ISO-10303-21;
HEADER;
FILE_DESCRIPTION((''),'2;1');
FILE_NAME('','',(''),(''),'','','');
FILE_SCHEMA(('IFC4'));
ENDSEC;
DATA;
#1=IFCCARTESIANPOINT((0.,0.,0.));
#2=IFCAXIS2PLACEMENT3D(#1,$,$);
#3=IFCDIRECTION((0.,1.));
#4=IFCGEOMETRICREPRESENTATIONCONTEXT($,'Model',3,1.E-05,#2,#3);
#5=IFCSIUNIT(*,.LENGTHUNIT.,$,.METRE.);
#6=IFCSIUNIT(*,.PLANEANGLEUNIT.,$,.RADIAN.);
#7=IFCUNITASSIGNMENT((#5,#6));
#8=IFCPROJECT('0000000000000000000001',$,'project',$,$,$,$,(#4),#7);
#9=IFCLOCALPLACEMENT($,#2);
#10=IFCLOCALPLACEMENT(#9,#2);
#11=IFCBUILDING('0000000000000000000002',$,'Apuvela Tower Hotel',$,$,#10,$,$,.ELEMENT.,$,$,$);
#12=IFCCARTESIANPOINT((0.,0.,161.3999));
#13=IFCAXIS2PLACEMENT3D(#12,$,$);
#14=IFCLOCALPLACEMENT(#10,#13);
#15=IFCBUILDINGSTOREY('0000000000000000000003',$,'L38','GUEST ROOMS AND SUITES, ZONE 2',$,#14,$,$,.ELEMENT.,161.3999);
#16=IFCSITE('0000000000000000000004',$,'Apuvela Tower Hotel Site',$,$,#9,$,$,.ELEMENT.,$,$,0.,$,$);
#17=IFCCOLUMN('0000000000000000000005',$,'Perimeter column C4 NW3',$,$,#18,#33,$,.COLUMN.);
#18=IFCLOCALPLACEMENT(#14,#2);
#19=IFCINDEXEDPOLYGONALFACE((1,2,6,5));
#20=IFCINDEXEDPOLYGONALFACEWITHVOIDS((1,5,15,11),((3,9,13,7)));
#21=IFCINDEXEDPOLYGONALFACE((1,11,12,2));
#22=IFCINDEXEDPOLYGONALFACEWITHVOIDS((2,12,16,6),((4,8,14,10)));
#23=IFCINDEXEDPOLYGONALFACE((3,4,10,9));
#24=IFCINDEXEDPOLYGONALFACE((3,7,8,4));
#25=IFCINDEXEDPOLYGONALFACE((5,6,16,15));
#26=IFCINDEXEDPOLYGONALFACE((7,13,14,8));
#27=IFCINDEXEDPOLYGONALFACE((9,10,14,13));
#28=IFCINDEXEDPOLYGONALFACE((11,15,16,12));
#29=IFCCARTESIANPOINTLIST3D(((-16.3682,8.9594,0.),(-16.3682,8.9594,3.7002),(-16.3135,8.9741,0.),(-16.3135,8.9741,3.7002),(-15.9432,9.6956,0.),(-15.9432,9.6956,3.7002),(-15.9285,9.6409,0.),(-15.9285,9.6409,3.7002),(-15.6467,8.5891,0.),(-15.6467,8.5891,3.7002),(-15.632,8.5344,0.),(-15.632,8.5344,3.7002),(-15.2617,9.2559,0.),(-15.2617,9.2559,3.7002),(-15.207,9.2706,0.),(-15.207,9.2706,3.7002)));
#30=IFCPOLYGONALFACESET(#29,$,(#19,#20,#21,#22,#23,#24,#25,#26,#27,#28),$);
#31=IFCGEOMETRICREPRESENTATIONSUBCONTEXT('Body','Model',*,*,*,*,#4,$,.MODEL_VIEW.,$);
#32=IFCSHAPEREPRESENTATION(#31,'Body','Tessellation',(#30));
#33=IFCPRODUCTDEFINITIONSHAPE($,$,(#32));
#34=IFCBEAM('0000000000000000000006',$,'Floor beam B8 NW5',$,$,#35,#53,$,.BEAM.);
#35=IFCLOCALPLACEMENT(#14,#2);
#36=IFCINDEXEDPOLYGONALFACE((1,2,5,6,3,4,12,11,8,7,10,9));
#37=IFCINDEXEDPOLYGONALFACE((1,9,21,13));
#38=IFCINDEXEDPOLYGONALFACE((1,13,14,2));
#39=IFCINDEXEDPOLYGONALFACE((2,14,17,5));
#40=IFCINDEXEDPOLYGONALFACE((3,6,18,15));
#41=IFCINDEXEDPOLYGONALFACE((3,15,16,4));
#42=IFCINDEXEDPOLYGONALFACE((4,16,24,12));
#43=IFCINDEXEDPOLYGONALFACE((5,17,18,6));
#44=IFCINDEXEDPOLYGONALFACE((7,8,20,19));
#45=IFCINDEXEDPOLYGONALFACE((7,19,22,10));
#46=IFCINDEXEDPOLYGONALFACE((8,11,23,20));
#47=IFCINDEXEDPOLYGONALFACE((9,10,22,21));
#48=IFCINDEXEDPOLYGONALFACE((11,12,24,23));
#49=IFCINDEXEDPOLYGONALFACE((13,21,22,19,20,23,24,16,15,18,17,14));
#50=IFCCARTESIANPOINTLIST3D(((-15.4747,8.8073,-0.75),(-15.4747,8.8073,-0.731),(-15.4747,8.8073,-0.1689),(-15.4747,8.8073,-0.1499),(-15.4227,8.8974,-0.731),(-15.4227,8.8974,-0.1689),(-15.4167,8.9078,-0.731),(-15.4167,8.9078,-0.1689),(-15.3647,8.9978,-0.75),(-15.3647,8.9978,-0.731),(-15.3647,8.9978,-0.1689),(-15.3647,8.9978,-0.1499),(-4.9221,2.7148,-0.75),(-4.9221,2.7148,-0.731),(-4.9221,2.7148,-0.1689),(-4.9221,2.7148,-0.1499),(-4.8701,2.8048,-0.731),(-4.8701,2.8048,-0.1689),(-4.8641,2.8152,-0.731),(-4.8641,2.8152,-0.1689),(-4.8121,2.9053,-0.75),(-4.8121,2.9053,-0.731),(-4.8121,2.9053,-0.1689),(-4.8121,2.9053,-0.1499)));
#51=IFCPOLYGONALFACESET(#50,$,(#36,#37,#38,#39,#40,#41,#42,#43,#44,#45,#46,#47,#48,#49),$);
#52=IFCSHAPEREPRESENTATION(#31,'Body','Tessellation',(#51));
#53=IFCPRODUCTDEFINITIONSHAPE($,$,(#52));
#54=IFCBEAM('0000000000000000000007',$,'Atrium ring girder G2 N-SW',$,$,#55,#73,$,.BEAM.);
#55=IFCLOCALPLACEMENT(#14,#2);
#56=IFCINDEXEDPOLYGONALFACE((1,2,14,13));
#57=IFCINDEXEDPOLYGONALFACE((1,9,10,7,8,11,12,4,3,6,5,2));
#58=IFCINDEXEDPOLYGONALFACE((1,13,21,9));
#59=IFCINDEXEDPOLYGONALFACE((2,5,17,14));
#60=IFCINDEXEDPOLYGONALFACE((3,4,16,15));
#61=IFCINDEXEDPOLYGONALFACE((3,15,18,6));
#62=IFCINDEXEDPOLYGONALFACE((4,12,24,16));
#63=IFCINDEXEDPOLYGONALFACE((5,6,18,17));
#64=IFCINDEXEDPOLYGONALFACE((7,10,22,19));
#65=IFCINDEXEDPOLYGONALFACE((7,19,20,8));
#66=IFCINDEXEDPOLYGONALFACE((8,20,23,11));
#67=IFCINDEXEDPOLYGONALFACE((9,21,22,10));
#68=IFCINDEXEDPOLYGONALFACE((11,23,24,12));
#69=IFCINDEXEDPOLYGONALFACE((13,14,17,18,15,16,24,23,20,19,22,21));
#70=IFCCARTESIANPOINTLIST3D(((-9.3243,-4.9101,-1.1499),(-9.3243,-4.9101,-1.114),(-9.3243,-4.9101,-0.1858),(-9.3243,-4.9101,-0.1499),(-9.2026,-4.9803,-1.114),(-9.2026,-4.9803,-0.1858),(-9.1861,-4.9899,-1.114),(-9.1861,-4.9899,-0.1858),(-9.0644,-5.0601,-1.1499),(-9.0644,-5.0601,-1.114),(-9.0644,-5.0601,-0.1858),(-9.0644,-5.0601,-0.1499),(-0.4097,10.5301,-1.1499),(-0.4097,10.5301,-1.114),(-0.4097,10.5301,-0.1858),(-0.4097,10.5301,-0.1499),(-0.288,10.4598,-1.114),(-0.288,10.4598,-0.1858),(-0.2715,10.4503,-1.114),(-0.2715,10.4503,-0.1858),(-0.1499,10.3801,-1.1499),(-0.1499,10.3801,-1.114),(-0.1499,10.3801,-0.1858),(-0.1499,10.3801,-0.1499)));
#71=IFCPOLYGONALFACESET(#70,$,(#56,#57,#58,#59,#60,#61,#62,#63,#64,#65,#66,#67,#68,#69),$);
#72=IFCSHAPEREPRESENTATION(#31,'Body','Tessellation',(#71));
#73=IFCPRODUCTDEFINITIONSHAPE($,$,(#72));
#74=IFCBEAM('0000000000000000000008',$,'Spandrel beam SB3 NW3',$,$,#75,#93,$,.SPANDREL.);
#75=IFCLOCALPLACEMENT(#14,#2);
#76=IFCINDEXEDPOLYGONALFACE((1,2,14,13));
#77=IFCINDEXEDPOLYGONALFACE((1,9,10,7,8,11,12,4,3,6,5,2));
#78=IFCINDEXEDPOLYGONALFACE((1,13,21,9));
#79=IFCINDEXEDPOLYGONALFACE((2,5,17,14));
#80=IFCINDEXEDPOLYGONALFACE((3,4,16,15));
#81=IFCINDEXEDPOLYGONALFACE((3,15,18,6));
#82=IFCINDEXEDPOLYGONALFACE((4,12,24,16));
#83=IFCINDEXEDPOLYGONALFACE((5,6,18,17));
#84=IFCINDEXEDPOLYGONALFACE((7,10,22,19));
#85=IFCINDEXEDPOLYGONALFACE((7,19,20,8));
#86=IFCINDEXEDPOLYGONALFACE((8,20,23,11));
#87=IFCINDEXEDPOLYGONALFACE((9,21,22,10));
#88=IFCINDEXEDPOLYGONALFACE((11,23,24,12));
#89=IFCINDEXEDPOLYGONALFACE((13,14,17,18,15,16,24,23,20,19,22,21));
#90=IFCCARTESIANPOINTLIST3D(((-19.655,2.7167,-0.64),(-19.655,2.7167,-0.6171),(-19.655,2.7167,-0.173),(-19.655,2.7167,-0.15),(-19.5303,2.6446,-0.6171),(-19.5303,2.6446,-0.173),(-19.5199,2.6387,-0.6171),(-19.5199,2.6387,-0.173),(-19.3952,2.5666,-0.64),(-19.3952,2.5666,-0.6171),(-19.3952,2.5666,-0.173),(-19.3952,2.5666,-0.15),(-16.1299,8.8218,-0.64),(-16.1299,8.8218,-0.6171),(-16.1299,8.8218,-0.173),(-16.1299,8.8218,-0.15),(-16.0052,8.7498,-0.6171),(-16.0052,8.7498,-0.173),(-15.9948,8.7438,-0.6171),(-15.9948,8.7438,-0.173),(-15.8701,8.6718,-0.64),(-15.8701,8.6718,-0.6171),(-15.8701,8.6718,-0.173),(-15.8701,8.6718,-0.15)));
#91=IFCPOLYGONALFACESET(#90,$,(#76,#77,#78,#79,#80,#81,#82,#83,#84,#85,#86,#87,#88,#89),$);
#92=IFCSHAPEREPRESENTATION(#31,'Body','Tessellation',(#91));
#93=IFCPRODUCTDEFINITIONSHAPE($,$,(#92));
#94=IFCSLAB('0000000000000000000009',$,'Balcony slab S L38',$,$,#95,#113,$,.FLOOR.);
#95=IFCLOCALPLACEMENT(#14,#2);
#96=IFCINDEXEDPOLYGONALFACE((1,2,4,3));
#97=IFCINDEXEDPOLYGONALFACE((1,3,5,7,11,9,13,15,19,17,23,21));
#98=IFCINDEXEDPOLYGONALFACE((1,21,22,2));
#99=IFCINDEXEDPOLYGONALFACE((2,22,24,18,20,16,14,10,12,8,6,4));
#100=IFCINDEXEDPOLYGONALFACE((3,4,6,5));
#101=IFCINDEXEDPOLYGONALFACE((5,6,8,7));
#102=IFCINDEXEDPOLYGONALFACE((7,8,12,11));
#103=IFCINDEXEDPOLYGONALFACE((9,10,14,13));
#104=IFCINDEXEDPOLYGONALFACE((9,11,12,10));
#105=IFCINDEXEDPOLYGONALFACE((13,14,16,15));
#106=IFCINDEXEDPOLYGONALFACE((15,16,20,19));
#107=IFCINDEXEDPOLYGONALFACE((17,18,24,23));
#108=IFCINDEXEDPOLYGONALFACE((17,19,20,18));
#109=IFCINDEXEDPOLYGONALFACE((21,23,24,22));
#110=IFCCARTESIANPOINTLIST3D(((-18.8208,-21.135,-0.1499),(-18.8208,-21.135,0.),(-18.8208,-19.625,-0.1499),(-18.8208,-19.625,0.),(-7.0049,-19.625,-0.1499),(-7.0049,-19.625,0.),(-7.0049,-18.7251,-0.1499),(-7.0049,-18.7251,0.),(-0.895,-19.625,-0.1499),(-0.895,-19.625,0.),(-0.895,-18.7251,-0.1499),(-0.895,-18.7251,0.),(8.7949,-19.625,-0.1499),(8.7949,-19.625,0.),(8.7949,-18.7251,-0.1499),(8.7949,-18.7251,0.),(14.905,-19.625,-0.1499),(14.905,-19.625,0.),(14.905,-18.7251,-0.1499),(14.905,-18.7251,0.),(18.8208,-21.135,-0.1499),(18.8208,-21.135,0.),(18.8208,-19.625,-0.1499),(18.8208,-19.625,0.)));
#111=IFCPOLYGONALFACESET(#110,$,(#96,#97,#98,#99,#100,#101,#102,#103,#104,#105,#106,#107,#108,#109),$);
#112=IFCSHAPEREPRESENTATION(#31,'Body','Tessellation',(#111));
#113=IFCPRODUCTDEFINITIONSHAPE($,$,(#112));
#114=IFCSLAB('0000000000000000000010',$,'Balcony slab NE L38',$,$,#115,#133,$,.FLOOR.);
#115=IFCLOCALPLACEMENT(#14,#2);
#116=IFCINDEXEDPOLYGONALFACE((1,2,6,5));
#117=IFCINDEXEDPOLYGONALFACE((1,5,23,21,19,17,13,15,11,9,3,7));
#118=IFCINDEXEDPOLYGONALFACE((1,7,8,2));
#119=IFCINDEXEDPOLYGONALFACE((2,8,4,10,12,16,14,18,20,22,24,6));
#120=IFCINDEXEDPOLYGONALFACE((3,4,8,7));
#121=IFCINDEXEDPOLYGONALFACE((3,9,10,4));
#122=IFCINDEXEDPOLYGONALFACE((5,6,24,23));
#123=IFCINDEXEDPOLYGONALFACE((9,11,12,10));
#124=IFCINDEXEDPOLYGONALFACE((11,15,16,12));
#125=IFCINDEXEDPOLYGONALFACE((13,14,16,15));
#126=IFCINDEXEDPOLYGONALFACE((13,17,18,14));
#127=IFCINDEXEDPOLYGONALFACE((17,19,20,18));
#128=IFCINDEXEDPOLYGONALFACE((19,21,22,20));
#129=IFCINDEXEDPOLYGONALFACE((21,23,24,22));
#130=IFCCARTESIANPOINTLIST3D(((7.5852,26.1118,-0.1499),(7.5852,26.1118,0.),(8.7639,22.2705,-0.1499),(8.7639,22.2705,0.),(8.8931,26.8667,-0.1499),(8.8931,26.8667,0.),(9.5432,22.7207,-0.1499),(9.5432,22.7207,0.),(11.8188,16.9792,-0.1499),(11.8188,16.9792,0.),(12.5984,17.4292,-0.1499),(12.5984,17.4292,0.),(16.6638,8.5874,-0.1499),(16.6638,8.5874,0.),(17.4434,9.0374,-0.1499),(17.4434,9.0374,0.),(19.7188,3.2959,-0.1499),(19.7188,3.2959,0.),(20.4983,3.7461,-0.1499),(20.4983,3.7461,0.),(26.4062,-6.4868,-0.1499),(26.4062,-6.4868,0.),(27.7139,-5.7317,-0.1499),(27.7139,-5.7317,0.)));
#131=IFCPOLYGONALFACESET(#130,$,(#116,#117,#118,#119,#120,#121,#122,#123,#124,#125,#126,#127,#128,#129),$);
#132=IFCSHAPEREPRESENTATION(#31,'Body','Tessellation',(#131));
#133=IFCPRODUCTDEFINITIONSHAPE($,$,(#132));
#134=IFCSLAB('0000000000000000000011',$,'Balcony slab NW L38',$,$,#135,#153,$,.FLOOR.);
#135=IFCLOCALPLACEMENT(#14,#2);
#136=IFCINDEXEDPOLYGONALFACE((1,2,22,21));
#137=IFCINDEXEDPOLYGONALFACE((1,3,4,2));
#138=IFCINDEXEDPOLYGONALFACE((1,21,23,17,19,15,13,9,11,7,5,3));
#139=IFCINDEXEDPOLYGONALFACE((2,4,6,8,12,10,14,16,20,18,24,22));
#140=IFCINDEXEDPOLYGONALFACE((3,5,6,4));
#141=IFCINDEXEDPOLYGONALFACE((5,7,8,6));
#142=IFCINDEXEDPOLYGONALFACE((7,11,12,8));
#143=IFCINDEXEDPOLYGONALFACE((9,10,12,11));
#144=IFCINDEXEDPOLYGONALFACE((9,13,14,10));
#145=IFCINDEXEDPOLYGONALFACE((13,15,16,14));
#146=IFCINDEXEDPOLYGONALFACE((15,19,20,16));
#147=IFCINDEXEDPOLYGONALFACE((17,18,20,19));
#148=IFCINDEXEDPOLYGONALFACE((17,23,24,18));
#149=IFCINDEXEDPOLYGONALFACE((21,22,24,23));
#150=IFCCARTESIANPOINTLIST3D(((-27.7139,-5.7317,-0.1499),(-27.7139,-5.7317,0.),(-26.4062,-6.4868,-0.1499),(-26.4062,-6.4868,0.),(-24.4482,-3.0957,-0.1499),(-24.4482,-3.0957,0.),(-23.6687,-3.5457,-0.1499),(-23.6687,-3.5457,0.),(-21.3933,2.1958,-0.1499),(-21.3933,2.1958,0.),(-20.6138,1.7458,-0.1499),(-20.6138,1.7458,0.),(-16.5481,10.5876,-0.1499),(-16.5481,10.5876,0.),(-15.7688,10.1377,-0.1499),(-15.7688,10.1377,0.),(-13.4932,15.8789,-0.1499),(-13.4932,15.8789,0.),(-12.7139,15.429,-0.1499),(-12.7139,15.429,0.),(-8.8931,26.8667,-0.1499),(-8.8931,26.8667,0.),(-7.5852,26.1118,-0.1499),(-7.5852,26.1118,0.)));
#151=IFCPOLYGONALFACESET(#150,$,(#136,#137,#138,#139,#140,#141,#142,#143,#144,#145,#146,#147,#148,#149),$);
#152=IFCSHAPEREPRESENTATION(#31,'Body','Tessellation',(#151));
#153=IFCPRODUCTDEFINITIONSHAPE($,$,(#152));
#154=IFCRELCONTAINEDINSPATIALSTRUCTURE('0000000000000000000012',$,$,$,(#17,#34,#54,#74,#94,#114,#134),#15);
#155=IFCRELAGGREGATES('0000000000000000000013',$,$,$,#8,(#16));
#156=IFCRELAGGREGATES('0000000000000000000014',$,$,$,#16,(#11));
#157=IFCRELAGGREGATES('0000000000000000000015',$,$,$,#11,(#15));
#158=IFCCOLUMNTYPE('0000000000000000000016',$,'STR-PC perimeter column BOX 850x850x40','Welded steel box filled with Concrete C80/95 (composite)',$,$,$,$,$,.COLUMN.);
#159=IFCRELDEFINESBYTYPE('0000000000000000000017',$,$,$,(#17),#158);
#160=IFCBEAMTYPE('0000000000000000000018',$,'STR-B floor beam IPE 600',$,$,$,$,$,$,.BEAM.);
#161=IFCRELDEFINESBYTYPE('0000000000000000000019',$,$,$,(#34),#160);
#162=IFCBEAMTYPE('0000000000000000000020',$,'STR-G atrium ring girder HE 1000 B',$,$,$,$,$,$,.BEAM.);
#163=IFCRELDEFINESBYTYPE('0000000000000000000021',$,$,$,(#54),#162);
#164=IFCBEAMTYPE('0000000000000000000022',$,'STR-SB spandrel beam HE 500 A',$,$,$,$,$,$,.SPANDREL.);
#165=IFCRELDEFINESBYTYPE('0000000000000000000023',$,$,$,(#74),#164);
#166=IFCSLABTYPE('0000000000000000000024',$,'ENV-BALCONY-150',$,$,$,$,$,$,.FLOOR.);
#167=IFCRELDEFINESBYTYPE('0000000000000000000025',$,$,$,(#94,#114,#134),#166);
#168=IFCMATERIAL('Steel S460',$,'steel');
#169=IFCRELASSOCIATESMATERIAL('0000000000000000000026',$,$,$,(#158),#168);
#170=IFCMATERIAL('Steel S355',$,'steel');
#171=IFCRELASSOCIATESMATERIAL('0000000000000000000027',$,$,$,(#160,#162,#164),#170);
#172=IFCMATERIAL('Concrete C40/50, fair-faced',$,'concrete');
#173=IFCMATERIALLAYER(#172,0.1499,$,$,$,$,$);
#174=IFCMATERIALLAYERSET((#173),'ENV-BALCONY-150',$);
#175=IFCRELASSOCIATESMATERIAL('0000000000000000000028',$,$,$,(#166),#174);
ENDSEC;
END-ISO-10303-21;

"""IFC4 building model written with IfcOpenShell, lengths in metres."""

from ifc_helpers import new_model, si_unit, direction, frame, origin, origin_2d, place, context, subcontext, project, spatial, polyline, rectangle, hollow_rectangle, i_section, outline, extrude, material, layer, layer_set, material_profile, profile_set, type_object, element, save


model = new_model("IFC4")

# Units and contexts
model_context = context("Model", 3, precision=1e-05, world=origin(), true_north=direction((0.0, 1.0)))
body_context = subcontext(model_context, "Body", "Model", "MODEL_VIEW")
ifc_project = project(units=[si_unit("LENGTHUNIT", "METRE"), si_unit("PLANEANGLEUNIT", "RADIAN")], contexts=[model_context])

# Site, building, storey
site_placement = place(None, origin())
site = spatial("IfcSite", under=ifc_project, at=site_placement, Name="Apuvela Tower Hotel Site", CompositionType="ELEMENT", RefElevation=0.0)
building_placement = place(site_placement, origin())
building = spatial("IfcBuilding", under=site, at=building_placement, Name="Apuvela Tower Hotel", CompositionType="ELEMENT")
storey_placement = place(building_placement, frame((0.0, 0.0, 161.3999)))
storey = spatial("IfcBuildingStorey", under=building, at=storey_placement, Name="L38", Description="GUEST ROOMS AND SUITES, ZONE 2", CompositionType="ELEMENT", Elevation=161.3999)

# Column
ifc_material_1 = material(Name="Steel S460", Category="steel")
ifc_material_profile_1 = material_profile(ifc_material_1, hollow_rectangle(XDim=0.8501, YDim=0.8501, WallThickness=0.04, at=origin_2d()), Name="BOX 850x850x40")
ifc_material_2 = material(Name="Concrete C80/95", Category="concrete")
ifc_material_profile_2 = material_profile(ifc_material_2, rectangle(XDim=0.77, YDim=0.77, at=origin_2d()), Name="Concrete C80/95 infill")
ifc_profile_set_1 = profile_set([ifc_material_profile_1, ifc_material_profile_2], Name="Steel S460")
column_type = type_object("IfcColumnType", Name="STR-PC perimeter column BOX 850x850x40", Description="Welded steel box filled with Concrete C80/95 (composite)", PredefinedType="COLUMN", material=ifc_profile_set_1)
column_placement = place(storey_placement, frame((-15.7876, 9.115, 0.0), z_axis=(0.0, 0.0, 1.0), x_axis=(0.5, 0.866025, 0.0)))
element("IfcColumn", 1, at=column_placement, inside=storey, type_object=column_type, Name="Perimeter column C4 NW3", PredefinedType="COLUMN", context=body_context, shape_type="SweptSolid", body=[
    extrude(hollow_rectangle(XDim=0.8501, YDim=0.8501, WallThickness=0.04, at=origin_2d()), origin(), (0.0, 0.0, 1.0), 3.7002),
])

# Beams
ifc_material_3 = material(Name="Steel S355", Category="steel")
ifc_material_profile_3 = material_profile(ifc_material_3, i_section(OverallWidth=0.22, OverallDepth=0.6001, WebThickness=0.012, FlangeThickness=0.019, at=origin_2d()), Name="IPE 600")
ifc_profile_set_2 = profile_set([ifc_material_profile_3], Name="Steel S355")
beam_type_1 = type_object("IfcBeamType", Name="STR-B floor beam IPE 600", PredefinedType="BEAM", material=ifc_profile_set_2)
beam_1_placement = place(storey_placement, frame((-15.4197, 8.9026, -0.45), z_axis=(0.866024, -0.500003, 0.0), x_axis=(0.500003, 0.866024, 0.0)))
element("IfcBeam", 2, at=beam_1_placement, inside=storey, type_object=beam_type_1, Name="Floor beam B8 NW5", PredefinedType="BEAM", context=body_context, shape_type="SweptSolid", body=[
    extrude(i_section(OverallWidth=0.22, OverallDepth=0.6001, WebThickness=0.012, FlangeThickness=0.019, at=origin_2d()), origin(), (0.0, 0.0, 1.0), 12.1851),
])
ifc_material_profile_4 = material_profile(ifc_material_3, i_section(OverallWidth=0.3, OverallDepth=1.0, WebThickness=0.019, FlangeThickness=0.0359, at=origin_2d()), Name="HE 1000 B")
ifc_profile_set_3 = profile_set([ifc_material_profile_4], Name="Steel S355")
beam_type_2 = type_object("IfcBeamType", Name="STR-G atrium ring girder HE 1000 B", PredefinedType="BEAM", material=ifc_profile_set_3)
beam_2_placement = place(storey_placement, frame((-0.2798, 10.4551, -0.6499), z_axis=(-0.500007, -0.866022, 0.0), x_axis=(0.866022, -0.500007, 0.0)))
element("IfcBeam", 3, at=beam_2_placement, inside=storey, type_object=beam_type_2, Name="Atrium ring girder G2 N-SW", PredefinedType="BEAM", context=body_context, shape_type="SweptSolid", body=[
    extrude(i_section(OverallWidth=0.3, OverallDepth=1.0, WebThickness=0.019, FlangeThickness=0.0359, at=origin_2d()), origin(), (0.0, 0.0, 1.0), 17.8289),
])
ifc_material_profile_5 = material_profile(ifc_material_3, i_section(OverallWidth=0.3, OverallDepth=0.49, WebThickness=0.012, FlangeThickness=0.0229, at=origin_2d()), Name="HE 500 A")
ifc_profile_set_4 = profile_set([ifc_material_profile_5], Name="Steel S355")
beam_type_3 = type_object("IfcBeamType", Name="STR-SB spandrel beam HE 500 A", PredefinedType="SPANDREL", material=ifc_profile_set_4)
beam_3_placement = place(storey_placement, frame((-16.0, 8.7468, -0.395), z_axis=(-0.500031, -0.866007, 0.0), x_axis=(0.866007, -0.500031, 0.0)))
element("IfcBeam", 4, at=beam_3_placement, inside=storey, type_object=beam_type_3, Name="Spandrel beam SB3 NW3", PredefinedType="SPANDREL", context=body_context, shape_type="SweptSolid", body=[
    extrude(i_section(OverallWidth=0.3, OverallDepth=0.49, WebThickness=0.012, FlangeThickness=0.0229, at=origin_2d()), origin(), (0.0, 0.0, 1.0), 7.0498),
])

# Slabs
ifc_material_4 = material(Name="Concrete C40/50, fair-faced", Category="concrete")
ifc_layer_1 = layer(ifc_material_4, 0.1499)
ifc_layer_set_1 = layer_set([ifc_layer_1], Name="ENV-BALCONY-150")
slab_type_1 = type_object("IfcSlabType", Name="ENV-BALCONY-150", PredefinedType="FLOOR", material=ifc_layer_set_1)
slab_1_placement = place(storey_placement, frame((0.0, 0.0, -0.1499)))
element("IfcSlab", 5, at=slab_1_placement, inside=storey, type_object=slab_type_1, Name="Balcony slab S L38", PredefinedType="FLOOR", context=body_context, shape_type="SweptSolid", body=[
    extrude(outline(polyline([(18.8208, -21.135), (-18.8208, -21.135), (-18.8208, -19.625), (-7.0049, -19.625), (-7.0049, -18.7251), (-0.895, -18.7251), (-0.895, -19.625), (8.7949, -19.625), (8.7949, -18.7251), (14.905, -18.7251), (14.905, -19.625), (18.8208, -19.625), (18.8208, -21.135)])), origin(), (0.0, 0.0, 1.0), 0.1499),
])
slab_2_placement = place(storey_placement, frame((0.0, 0.0, -0.1499)))
element("IfcSlab", 6, at=slab_2_placement, inside=storey, type_object=slab_type_1, Name="Balcony slab NE L38", PredefinedType="FLOOR", context=body_context, shape_type="SweptSolid", body=[
    extrude(outline(polyline([(17.4434, 9.0374), (12.5984, 17.4292), (11.8188, 16.9792), (8.7639, 22.2705), (9.5432, 22.7207), (7.5852, 26.1118), (8.8931, 26.8667), (27.7139, -5.7317), (26.4062, -6.4868), (20.4983, 3.7461), (19.7188, 3.2959), (16.6638, 8.5874), (17.4434, 9.0374)])), origin(), (0.0, 0.0, 1.0), 0.1499),
])
slab_3_placement = place(storey_placement, frame((0.0, 0.0, -0.1499)))
element("IfcSlab", 7, at=slab_3_placement, inside=storey, type_object=slab_type_1, Name="Balcony slab NW L38", PredefinedType="FLOOR", context=body_context, shape_type="SweptSolid", body=[
    extrude(outline(polyline([(-27.7139, -5.7317), (-8.8931, 26.8667), (-7.5852, 26.1118), (-13.4932, 15.8789), (-12.7139, 15.429), (-15.7688, 10.1377), (-16.5481, 10.5876), (-21.3933, 2.1958), (-20.6138, 1.7458), (-23.6687, -3.5457), (-24.4482, -3.0957), (-26.4062, -6.4868), (-27.7139, -5.7317)])), origin(), (0.0, 0.0, 1.0), 0.1499),
])

save(model, "model.ifc")
